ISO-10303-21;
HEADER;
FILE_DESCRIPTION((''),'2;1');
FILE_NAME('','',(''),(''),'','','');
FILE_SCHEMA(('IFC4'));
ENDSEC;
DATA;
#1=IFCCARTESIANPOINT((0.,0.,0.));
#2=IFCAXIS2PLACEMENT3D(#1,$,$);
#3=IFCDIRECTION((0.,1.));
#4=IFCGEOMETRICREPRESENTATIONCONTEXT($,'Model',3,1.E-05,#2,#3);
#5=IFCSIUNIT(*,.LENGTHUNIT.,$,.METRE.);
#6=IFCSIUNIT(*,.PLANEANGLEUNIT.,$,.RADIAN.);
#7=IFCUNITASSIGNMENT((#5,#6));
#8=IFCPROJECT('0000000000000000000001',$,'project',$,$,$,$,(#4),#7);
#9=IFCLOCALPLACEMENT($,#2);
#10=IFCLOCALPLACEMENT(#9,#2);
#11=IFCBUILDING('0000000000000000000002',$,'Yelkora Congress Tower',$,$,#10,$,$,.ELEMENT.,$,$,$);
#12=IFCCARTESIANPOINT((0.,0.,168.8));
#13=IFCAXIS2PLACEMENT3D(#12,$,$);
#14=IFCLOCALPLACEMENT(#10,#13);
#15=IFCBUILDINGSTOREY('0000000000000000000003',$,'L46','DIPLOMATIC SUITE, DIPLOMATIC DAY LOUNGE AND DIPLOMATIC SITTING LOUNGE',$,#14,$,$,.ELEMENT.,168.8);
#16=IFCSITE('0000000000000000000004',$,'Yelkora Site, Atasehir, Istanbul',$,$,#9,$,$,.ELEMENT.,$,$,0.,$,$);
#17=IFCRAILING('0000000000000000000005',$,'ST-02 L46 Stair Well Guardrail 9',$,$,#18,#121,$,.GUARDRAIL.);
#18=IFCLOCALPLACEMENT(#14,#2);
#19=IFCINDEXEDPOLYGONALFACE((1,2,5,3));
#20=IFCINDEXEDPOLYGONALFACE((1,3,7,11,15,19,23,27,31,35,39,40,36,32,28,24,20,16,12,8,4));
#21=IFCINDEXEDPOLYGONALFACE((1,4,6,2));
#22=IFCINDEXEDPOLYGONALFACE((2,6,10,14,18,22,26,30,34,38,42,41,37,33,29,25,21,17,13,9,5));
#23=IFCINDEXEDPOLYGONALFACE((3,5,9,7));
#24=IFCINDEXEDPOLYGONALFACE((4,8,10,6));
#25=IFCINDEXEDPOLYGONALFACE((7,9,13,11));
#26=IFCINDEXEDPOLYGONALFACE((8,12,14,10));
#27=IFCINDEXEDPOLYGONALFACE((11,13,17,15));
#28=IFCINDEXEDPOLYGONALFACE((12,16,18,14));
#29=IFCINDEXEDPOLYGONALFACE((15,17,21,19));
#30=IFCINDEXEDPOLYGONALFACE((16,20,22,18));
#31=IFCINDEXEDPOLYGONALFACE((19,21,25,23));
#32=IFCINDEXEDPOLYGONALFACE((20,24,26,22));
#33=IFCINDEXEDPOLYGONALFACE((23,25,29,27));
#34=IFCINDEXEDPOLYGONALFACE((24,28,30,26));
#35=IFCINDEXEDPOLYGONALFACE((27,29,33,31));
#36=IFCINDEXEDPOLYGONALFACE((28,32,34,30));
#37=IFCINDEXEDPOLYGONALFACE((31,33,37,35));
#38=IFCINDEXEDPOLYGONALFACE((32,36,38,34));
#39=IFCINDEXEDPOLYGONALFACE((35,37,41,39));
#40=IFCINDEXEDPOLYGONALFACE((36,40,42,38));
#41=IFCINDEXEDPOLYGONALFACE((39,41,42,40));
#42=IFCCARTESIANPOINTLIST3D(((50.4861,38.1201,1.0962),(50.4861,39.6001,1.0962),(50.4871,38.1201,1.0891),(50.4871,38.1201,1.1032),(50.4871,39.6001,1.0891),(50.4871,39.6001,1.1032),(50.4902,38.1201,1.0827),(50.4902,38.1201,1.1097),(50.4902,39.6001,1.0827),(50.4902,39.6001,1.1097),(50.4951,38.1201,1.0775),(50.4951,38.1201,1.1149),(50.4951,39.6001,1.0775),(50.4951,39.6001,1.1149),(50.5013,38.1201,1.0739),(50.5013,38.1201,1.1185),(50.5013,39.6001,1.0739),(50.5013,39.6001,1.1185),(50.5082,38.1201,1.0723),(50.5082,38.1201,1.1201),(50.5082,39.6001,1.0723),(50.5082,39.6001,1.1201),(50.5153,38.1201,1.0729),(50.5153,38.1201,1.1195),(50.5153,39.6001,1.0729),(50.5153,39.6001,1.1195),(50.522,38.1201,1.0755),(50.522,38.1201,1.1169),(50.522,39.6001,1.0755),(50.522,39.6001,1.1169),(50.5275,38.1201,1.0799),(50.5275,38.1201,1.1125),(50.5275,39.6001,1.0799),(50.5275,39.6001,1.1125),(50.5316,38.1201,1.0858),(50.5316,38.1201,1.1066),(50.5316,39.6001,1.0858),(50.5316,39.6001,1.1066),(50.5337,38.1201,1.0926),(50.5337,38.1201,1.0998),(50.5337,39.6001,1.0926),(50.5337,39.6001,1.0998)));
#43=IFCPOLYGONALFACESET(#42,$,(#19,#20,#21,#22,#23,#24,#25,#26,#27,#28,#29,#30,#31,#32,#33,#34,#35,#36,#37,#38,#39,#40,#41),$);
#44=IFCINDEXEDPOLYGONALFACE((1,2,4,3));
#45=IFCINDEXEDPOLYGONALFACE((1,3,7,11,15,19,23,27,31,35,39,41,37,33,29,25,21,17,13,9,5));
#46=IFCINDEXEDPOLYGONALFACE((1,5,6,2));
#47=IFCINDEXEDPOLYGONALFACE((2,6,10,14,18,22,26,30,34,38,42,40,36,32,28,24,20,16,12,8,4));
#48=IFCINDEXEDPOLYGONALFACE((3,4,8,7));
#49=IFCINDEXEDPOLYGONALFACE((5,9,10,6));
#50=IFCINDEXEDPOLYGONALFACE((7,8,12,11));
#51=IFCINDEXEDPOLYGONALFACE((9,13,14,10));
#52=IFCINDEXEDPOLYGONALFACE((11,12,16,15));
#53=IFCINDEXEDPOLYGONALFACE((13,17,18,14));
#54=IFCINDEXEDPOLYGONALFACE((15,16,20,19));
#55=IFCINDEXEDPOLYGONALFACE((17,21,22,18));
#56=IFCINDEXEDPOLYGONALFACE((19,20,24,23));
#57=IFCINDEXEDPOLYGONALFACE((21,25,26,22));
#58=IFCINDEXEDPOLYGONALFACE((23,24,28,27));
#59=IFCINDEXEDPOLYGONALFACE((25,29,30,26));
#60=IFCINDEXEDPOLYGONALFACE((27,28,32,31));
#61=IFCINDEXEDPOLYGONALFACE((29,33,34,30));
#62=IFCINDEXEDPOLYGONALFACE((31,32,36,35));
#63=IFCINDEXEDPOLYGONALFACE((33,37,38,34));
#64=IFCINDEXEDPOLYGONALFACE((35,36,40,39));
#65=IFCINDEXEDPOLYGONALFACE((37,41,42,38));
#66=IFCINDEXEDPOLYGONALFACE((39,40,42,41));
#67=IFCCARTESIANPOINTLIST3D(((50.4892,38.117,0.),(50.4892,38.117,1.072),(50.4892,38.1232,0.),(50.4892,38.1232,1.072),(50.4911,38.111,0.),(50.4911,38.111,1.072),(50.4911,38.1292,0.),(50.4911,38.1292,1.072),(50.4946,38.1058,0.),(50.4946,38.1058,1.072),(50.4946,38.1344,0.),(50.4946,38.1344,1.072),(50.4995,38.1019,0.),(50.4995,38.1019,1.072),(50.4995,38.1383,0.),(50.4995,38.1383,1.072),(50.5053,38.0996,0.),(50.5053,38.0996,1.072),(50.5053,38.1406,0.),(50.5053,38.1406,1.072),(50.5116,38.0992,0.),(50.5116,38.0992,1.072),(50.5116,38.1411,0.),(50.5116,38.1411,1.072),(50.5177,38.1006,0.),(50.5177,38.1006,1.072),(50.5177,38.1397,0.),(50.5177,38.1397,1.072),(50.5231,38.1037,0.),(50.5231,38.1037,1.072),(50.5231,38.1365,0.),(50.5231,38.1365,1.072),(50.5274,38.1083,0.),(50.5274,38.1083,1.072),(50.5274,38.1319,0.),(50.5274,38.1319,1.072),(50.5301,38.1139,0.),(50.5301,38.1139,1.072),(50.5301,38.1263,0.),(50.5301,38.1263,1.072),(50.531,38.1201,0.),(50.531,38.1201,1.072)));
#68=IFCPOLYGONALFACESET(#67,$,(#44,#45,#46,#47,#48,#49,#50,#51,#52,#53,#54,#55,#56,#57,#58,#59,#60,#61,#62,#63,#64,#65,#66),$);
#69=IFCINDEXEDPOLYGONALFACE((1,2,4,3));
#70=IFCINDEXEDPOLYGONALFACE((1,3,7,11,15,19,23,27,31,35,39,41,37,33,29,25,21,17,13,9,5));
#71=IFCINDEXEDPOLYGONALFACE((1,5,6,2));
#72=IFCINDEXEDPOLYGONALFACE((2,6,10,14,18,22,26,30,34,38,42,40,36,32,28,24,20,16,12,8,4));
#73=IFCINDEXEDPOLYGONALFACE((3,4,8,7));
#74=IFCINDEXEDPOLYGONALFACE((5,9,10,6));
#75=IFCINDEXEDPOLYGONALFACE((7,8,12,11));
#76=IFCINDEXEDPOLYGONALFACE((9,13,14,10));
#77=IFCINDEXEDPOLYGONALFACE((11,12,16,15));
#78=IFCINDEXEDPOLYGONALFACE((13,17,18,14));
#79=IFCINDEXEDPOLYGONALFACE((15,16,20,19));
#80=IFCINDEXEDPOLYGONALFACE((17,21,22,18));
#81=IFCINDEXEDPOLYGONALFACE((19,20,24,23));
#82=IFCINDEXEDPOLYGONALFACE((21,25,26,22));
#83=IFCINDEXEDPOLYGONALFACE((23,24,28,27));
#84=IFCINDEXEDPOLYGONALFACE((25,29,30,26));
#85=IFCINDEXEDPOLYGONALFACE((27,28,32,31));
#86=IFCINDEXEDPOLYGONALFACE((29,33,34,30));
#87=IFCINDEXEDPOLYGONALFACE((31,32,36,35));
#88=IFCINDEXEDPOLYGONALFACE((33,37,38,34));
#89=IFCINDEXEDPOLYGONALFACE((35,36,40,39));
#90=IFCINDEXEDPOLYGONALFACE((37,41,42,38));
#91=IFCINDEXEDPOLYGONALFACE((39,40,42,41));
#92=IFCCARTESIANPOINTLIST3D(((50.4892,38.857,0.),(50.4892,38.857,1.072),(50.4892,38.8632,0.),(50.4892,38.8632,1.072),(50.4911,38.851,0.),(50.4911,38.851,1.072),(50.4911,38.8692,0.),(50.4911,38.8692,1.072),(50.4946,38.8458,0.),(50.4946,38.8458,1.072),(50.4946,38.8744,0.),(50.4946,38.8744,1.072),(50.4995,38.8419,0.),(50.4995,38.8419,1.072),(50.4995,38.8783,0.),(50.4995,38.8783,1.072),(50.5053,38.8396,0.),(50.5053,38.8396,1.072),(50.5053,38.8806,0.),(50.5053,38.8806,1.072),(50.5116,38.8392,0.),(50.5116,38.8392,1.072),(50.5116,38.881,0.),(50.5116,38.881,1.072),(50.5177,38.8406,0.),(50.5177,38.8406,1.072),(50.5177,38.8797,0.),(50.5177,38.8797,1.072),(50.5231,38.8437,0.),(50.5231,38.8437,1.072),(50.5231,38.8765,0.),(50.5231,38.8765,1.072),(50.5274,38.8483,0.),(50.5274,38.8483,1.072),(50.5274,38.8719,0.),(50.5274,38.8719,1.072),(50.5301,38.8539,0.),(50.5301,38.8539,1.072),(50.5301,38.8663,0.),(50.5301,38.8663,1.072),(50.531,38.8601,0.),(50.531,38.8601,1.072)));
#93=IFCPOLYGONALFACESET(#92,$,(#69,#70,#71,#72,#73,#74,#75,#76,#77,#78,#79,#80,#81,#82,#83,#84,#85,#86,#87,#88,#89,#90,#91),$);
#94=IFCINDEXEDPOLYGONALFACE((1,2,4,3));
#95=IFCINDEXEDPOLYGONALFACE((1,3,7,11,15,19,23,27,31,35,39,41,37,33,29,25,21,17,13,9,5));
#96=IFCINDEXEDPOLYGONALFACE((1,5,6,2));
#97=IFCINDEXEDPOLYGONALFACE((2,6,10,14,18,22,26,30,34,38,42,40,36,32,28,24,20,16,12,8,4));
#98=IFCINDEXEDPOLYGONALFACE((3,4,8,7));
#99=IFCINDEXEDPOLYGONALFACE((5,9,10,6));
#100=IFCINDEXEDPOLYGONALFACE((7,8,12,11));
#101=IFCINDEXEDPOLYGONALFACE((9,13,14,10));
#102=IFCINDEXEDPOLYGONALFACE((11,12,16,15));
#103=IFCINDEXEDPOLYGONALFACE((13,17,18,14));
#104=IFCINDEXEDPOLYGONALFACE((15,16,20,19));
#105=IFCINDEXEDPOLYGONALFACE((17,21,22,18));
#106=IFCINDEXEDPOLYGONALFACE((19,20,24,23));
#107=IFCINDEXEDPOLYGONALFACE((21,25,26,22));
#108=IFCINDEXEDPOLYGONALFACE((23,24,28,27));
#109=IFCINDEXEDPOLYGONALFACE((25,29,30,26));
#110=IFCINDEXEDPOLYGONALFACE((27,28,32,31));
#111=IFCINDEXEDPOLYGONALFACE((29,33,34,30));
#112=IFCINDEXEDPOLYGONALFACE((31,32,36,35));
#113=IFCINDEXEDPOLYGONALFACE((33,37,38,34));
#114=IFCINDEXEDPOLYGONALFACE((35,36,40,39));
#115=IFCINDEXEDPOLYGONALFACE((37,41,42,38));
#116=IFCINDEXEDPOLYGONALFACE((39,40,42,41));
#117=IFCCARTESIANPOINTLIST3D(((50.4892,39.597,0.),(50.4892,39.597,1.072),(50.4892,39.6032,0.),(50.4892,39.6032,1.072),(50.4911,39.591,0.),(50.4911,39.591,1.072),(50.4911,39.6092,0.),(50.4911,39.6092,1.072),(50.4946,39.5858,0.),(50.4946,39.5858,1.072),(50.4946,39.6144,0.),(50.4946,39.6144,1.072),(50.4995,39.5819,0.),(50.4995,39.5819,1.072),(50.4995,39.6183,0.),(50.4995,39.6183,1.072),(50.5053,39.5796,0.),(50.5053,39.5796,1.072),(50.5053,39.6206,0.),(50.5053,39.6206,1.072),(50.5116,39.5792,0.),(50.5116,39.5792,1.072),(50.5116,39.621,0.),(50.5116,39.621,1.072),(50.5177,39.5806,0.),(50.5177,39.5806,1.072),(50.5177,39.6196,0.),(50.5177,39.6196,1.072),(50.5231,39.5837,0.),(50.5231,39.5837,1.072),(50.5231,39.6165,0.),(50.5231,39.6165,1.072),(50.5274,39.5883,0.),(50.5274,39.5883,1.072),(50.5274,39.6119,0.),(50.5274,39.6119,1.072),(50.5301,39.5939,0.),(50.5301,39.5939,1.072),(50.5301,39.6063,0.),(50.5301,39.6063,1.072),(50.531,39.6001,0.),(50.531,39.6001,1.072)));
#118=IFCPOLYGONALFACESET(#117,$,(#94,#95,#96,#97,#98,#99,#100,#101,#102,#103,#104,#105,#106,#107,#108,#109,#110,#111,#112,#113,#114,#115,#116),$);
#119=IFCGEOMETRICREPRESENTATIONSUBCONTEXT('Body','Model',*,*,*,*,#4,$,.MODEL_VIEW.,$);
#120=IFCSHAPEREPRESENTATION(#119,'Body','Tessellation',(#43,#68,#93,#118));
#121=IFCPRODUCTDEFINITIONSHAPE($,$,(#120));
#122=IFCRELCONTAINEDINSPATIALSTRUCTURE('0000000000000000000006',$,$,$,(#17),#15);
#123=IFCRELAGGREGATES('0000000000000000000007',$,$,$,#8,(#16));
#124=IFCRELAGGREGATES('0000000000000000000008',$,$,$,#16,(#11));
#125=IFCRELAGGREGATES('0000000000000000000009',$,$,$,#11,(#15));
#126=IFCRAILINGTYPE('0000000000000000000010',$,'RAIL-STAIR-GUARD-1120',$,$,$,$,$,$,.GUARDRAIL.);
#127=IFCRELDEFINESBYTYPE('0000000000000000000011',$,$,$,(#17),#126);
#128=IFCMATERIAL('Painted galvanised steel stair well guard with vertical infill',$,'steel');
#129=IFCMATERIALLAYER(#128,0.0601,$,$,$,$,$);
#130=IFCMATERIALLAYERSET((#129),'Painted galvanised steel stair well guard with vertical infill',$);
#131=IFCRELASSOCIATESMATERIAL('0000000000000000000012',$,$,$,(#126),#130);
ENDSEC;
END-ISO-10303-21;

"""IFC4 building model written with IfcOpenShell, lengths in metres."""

from ifc_helpers import new_model, si_unit, direction, frame, origin, origin_2d, place, context, subcontext, project, spatial, circle, extrude, material, layer, layer_set, type_object, element, save


model = new_model("IFC4")

# Units and contexts
model_context = context("Model", 3, precision=1e-05, world=origin(), true_north=direction((0.0, 1.0)))
body_context = subcontext(model_context, "Body", "Model", "MODEL_VIEW")
ifc_project = project(units=[si_unit("LENGTHUNIT", "METRE"), si_unit("PLANEANGLEUNIT", "RADIAN")], contexts=[model_context])

# Site, building, storey
site_placement = place(None, origin())
site = spatial("IfcSite", under=ifc_project, at=site_placement, Name="Yelkora Site, Atasehir, Istanbul", CompositionType="ELEMENT", RefElevation=0.0)
building_placement = place(site_placement, origin())
building = spatial("IfcBuilding", under=site, at=building_placement, Name="Yelkora Congress Tower", CompositionType="ELEMENT")
storey_placement = place(building_placement, frame((0.0, 0.0, 168.8)))
storey = spatial("IfcBuildingStorey", under=building, at=storey_placement, Name="L46", Description="DIPLOMATIC SUITE, DIPLOMATIC DAY LOUNGE AND DIPLOMATIC SITTING LOUNGE", CompositionType="ELEMENT", Elevation=168.8)

# Railing
ifc_material_1 = material(Name="Painted galvanised steel stair well guard with vertical infill", Category="steel")
ifc_layer_1 = layer(ifc_material_1, 0.0601)
ifc_layer_set_1 = layer_set([ifc_layer_1], Name="Painted galvanised steel stair well guard with vertical infill")
railing_type_1 = type_object("IfcRailingType", Name="RAIL-STAIR-GUARD-1120", PredefinedType="GUARDRAIL", material=ifc_layer_set_1)
railing_1_placement = place(storey_placement, frame((50.51, 38.1201, 0.0)))
element("IfcRailing", 1, at=railing_1_placement, inside=storey, type_object=railing_type_1, Name="ST-02 L46 Stair Well Guardrail 9", PredefinedType="GUARDRAIL", context=body_context, shape_type="SweptSolid", body=[
    extrude(circle(Radius=0.0239, at=origin_2d()), frame((0.0, 0.0, 1.0962), z_axis=(0.0, 1.0, 0.0), x_axis=(-1.0, 0.0, 0.0)), (0.0, 0.0, 1.0), 1.48),
    extrude(circle(Radius=0.021, at=origin_2d()), origin(), (0.0, 0.0, 1.0), 1.072),
    extrude(circle(Radius=0.021, at=origin_2d()), frame((0.0, 0.74, 0.0)), (0.0, 0.0, 1.0), 1.072),
    extrude(circle(Radius=0.021, at=origin_2d()), frame((0.0, 1.48, 0.0)), (0.0, 0.0, 1.0), 1.072),
])

save(model, "model.ifc")
